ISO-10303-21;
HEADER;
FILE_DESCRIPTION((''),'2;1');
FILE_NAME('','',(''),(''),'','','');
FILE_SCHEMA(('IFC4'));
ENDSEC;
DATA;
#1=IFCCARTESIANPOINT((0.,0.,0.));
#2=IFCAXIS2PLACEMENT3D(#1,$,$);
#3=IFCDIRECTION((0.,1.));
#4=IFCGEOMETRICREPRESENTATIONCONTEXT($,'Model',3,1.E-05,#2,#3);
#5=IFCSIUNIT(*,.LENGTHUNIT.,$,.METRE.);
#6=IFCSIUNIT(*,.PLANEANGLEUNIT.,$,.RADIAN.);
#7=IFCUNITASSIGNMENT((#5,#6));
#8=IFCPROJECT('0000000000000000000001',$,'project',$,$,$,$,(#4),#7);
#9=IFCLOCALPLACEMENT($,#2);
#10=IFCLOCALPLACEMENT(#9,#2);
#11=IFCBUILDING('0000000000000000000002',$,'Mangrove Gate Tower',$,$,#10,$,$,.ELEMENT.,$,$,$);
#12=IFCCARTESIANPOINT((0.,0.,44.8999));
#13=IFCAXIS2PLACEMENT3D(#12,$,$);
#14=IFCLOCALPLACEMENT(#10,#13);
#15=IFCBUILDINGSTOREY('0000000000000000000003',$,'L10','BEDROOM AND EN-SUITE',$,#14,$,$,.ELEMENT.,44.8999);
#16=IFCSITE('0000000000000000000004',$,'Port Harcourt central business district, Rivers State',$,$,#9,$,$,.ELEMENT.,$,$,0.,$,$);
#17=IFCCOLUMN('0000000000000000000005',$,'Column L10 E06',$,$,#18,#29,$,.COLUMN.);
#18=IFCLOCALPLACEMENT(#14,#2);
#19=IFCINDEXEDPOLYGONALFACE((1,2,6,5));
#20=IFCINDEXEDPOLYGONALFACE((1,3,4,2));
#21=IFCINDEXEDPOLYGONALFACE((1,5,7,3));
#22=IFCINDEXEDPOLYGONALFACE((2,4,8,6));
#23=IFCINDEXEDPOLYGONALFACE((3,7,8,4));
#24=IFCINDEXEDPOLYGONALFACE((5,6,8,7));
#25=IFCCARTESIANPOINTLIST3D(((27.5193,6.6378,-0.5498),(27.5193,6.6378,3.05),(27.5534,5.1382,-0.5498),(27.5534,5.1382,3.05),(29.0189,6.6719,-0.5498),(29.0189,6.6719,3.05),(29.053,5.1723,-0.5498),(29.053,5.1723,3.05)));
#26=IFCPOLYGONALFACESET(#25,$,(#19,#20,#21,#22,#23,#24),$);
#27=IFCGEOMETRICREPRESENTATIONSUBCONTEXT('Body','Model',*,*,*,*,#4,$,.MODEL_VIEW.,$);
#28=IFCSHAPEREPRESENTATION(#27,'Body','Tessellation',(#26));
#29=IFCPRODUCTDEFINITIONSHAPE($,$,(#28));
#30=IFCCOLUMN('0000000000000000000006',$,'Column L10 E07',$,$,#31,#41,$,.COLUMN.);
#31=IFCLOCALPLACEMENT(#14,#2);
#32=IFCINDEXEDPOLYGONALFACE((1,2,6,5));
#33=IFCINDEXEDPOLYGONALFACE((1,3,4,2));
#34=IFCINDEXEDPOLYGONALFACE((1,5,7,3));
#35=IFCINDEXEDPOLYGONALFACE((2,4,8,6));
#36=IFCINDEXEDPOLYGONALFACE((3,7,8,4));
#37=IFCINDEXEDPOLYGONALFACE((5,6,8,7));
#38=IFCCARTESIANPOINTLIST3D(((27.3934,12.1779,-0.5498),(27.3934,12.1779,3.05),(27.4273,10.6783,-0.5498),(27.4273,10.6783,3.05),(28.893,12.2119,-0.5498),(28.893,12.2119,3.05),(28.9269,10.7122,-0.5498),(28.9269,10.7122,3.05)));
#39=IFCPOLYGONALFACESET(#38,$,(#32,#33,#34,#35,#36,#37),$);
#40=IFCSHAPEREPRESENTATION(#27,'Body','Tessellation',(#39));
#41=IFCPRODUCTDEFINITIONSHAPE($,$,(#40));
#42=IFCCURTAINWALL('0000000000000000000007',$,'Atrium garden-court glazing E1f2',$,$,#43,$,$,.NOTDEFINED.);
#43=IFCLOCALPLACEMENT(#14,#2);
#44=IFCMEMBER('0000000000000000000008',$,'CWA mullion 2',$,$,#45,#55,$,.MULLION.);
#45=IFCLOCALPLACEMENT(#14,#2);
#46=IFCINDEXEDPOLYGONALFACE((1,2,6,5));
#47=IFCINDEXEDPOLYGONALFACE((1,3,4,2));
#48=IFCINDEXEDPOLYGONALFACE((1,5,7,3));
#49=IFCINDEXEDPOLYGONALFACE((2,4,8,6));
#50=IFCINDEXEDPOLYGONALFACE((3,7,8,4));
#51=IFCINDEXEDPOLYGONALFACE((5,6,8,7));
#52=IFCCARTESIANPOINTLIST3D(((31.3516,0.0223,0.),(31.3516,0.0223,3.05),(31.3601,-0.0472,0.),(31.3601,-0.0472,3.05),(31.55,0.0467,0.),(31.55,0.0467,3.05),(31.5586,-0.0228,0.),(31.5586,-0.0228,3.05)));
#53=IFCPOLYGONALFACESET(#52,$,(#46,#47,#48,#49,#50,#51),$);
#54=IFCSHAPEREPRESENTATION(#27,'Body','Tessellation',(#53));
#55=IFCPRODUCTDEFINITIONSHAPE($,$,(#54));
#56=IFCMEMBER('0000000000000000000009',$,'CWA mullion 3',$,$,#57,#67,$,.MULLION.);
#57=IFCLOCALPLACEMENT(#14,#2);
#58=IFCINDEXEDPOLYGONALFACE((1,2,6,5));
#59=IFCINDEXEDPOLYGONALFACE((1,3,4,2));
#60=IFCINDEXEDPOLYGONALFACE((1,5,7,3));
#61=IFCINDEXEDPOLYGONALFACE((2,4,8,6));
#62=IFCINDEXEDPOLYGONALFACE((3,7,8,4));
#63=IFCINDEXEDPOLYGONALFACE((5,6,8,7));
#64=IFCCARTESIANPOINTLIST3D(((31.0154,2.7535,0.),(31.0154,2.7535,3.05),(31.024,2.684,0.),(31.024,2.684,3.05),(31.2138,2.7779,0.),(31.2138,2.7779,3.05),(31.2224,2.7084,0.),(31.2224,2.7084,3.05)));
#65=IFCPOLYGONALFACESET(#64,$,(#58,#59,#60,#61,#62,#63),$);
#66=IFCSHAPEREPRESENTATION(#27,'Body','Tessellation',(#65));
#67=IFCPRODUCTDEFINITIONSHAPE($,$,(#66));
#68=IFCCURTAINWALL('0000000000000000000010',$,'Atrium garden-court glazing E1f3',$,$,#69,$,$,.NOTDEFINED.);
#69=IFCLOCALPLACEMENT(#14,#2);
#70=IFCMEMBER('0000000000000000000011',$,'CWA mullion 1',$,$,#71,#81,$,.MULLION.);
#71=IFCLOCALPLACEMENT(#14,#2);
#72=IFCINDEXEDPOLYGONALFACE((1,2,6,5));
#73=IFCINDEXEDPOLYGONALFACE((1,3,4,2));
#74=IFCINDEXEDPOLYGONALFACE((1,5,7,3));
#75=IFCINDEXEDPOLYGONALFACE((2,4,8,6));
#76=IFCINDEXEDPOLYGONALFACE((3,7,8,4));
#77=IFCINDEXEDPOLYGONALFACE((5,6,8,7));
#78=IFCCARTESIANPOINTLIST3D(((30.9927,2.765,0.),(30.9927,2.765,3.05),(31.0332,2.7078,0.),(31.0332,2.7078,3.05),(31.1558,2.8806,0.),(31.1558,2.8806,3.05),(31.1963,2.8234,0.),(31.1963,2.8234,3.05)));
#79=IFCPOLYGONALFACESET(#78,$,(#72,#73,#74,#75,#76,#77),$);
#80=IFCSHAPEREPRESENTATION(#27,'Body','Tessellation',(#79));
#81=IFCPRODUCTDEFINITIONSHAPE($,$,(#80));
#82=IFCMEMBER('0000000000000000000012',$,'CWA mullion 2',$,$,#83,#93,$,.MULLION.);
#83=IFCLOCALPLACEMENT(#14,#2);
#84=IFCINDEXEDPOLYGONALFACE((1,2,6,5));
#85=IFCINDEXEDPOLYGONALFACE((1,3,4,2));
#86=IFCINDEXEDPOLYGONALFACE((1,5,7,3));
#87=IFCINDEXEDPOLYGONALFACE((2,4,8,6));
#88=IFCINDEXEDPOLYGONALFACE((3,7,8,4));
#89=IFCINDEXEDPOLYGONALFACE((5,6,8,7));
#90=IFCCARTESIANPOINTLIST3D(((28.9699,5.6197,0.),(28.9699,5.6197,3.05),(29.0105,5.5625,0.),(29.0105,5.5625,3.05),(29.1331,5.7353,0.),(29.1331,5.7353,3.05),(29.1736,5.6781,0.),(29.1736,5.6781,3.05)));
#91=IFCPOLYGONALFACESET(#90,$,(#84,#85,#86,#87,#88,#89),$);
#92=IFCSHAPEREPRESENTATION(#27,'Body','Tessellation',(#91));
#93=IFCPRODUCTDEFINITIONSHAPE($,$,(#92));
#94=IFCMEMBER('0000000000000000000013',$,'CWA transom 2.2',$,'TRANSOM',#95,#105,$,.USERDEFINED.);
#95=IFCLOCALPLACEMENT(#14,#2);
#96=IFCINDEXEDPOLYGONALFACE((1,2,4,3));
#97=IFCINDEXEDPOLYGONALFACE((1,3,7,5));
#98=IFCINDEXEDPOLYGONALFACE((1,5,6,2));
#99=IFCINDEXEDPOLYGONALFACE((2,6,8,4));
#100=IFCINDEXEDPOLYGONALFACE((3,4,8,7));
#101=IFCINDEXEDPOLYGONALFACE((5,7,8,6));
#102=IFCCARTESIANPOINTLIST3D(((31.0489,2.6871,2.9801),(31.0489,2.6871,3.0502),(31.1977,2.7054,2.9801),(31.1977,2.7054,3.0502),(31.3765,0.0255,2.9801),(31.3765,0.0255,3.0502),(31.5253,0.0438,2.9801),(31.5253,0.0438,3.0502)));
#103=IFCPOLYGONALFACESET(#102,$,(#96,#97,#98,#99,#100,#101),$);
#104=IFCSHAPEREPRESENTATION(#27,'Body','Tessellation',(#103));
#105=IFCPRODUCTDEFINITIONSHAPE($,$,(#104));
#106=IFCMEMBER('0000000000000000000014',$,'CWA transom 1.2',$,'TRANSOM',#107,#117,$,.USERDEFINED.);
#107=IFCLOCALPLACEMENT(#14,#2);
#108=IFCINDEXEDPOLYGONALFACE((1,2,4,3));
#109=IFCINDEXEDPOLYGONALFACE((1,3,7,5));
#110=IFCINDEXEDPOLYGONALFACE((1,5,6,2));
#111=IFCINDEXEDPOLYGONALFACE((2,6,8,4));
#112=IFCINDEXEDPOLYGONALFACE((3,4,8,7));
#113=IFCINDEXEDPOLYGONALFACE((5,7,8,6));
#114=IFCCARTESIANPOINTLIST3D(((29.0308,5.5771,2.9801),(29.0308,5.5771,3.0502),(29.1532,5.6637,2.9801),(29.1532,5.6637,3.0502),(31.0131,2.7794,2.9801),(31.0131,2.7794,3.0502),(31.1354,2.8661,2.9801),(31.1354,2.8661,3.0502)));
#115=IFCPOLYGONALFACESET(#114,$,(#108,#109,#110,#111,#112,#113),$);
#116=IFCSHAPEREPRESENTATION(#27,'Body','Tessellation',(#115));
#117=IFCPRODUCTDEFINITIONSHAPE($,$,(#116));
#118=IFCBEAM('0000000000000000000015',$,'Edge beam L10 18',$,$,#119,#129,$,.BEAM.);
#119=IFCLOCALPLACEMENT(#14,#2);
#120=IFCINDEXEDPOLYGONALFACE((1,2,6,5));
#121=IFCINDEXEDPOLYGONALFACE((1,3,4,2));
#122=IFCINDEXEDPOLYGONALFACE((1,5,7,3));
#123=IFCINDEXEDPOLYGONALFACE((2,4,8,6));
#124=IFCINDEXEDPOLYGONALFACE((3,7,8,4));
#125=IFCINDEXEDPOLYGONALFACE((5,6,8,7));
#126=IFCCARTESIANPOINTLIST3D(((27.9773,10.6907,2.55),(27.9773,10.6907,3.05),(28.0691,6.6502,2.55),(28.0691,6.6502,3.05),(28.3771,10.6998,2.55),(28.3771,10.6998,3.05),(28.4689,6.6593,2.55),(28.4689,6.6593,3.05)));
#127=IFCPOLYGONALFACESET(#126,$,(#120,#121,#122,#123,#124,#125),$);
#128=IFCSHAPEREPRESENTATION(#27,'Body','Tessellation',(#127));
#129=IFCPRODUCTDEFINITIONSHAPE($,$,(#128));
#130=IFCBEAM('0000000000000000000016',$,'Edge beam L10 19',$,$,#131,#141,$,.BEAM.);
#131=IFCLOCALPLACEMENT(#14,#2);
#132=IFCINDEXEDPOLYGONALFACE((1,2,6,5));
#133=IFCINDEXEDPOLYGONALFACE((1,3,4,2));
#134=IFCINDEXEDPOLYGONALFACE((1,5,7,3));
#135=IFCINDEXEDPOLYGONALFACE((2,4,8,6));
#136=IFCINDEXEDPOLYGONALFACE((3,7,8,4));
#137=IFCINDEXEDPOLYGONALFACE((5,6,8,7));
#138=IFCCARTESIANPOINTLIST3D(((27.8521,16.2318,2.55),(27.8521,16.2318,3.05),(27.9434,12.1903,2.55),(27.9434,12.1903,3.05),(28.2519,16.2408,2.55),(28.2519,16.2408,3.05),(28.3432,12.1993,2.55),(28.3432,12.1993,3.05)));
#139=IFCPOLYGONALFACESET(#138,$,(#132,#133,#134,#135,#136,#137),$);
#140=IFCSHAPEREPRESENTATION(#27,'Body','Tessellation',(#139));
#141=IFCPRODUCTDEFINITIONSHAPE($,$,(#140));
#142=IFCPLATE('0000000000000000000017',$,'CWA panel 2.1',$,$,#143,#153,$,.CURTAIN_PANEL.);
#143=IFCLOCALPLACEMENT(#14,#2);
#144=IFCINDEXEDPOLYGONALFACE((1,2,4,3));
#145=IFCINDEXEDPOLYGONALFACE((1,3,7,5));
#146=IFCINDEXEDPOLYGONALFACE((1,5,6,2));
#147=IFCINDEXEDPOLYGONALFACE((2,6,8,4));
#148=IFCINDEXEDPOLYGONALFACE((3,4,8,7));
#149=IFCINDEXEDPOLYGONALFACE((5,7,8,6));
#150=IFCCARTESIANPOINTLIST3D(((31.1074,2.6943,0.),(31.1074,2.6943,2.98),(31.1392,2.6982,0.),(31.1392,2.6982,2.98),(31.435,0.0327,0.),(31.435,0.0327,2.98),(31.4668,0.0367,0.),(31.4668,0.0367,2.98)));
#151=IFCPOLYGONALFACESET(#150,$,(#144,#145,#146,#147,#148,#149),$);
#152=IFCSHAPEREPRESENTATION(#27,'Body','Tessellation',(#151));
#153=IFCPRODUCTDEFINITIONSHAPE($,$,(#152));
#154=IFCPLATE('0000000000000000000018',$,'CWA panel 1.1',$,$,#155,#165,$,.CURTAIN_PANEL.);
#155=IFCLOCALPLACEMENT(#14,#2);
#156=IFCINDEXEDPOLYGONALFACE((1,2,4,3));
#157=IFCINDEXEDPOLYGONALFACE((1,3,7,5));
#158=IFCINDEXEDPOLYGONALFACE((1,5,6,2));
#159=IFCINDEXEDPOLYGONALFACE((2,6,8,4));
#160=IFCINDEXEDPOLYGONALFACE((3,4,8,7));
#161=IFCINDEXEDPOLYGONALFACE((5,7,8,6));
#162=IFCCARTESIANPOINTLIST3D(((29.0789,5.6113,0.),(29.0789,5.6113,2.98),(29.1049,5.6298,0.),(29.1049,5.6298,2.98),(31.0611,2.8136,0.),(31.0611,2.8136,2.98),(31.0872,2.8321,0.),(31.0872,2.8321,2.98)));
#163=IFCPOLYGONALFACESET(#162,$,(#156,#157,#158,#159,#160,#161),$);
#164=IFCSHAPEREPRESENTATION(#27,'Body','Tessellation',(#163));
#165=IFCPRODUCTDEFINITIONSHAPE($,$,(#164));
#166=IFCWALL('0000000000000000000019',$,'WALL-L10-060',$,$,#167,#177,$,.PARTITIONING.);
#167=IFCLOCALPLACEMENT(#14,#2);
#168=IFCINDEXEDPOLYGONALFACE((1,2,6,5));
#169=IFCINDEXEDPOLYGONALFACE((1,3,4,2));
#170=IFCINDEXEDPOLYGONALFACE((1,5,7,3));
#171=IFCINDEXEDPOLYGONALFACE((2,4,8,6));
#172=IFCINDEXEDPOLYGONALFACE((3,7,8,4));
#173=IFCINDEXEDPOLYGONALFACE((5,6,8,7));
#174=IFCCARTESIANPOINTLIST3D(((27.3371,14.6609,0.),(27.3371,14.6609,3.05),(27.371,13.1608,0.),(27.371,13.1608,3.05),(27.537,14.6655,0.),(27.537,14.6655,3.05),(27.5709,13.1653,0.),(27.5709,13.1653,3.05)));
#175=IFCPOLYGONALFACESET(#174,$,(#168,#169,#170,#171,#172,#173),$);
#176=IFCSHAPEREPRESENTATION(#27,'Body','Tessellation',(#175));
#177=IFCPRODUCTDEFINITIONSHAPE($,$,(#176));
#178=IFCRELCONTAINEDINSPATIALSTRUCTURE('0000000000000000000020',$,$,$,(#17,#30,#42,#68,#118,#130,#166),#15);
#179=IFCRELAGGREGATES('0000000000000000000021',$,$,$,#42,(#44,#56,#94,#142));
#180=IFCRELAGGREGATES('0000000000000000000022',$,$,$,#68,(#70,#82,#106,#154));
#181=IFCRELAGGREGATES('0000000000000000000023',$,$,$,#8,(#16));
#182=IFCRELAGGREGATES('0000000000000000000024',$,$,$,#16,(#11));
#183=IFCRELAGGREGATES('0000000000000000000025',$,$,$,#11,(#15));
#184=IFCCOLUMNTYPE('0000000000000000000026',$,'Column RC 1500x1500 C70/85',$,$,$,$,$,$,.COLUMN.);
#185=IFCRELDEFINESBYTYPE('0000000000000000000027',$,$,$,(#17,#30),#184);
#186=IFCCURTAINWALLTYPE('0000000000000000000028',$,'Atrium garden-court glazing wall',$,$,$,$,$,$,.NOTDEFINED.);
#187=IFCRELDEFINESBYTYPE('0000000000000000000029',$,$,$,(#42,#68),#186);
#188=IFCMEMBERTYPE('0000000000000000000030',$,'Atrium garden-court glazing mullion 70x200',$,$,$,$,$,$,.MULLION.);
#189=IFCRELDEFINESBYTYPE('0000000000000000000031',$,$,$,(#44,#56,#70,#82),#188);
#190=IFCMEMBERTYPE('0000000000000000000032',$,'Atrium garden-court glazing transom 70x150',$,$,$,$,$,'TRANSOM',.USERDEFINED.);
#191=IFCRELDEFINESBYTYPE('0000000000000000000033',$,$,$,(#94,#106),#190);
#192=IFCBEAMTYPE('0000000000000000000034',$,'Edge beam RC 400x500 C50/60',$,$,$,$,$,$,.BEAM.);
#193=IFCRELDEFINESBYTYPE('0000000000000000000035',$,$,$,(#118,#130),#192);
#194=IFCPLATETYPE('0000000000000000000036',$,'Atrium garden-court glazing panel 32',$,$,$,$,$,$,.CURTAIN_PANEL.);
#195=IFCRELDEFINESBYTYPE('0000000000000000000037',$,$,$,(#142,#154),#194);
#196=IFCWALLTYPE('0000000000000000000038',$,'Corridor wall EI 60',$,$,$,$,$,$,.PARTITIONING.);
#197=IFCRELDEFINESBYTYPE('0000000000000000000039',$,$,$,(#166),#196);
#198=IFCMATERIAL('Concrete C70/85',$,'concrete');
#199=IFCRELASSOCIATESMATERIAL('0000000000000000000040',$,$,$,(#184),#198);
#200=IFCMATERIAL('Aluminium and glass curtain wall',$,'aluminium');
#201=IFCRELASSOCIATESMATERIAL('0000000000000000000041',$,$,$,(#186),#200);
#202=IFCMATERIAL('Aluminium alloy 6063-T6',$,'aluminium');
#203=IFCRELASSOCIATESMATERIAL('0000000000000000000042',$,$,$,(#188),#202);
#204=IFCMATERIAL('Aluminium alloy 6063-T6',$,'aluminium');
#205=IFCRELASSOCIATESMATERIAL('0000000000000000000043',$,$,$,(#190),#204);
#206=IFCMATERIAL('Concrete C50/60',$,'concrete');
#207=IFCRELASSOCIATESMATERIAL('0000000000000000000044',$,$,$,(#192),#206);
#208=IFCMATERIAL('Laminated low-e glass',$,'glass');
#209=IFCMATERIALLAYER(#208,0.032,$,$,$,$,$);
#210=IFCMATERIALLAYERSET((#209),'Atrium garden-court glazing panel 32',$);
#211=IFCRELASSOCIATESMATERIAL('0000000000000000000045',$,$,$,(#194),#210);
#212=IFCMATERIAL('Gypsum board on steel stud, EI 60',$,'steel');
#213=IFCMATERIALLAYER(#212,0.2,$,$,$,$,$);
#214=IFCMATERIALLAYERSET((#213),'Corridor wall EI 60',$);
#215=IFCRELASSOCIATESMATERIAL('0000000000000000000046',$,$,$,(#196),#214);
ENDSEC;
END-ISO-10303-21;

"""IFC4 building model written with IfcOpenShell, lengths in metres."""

from ifc_helpers import new_model, si_unit, direction, frame, frame_2d, origin, origin_2d, place, context, subcontext, project, spatial, rectangle, extrude, material, layer, layer_set, material_profile, profile_set, type_object, element, aggregate, save


model = new_model("IFC4")

# Units and contexts
model_context = context("Model", 3, precision=1e-05, world=origin(), true_north=direction((0.0, 1.0)))
body_context = subcontext(model_context, "Body", "Model", "MODEL_VIEW")
ifc_project = project(units=[si_unit("LENGTHUNIT", "METRE"), si_unit("PLANEANGLEUNIT", "RADIAN")], contexts=[model_context])

# Site, building, storey
site_placement = place(None, origin())
site = spatial("IfcSite", under=ifc_project, at=site_placement, Name="Port Harcourt central business district, Rivers State", CompositionType="ELEMENT", RefElevation=0.0)
building_placement = place(site_placement, origin())
building = spatial("IfcBuilding", under=site, at=building_placement, Name="Mangrove Gate Tower", CompositionType="ELEMENT")
storey_placement = place(building_placement, frame((0.0, 0.0, 44.8999)))
storey = spatial("IfcBuildingStorey", under=building, at=storey_placement, Name="L10", Description="BEDROOM AND EN-SUITE", CompositionType="ELEMENT", Elevation=44.8999)

# Columns
ifc_material_1 = material(Name="Concrete C70/85", Category="concrete")
ifc_material_profile_1 = material_profile(ifc_material_1, rectangle(XDim=1.5, YDim=1.5, at=origin_2d()))
ifc_profile_set_1 = profile_set([ifc_material_profile_1], Name="Concrete C70/85")
column_type = type_object("IfcColumnType", Name="Column RC 1500x1500 C70/85", PredefinedType="COLUMN", material=ifc_profile_set_1)
for number, where, z_axis, x_axis, name in (
    (1, (28.2861, 5.905, -0.5498), (0.0, 0.0, 1.0), (-0.022704, 0.999742, 0.0), "Column L10 E06"),
    (2, (28.1602, 11.4451, -0.5498), (0.0, 0.0, 1.0), (-0.022646, 0.999744, 0.0), "Column L10 E07"),
):
    element("IfcColumn", number, at=place(storey_placement, frame(where, z_axis=z_axis, x_axis=x_axis)), inside=storey, type_object=column_type, Name=name, PredefinedType="COLUMN", context=body_context, shape_type="SweptSolid", body=[
        extrude(rectangle(XDim=1.5, YDim=1.5, at=origin_2d()), origin(), (0.0, 0.0, 1.0), 3.5999),
    ])

# Curtain walls, members
ifc_material_2 = material(Name="Aluminium and glass curtain wall", Category="aluminium")
curtain_wall_type = type_object("IfcCurtainWallType", Name="Atrium garden-court glazing wall", PredefinedType="NOTDEFINED", material=ifc_material_2)
curtain_wall_1_placement = place(storey_placement, origin())
curtain_wall_1 = element("IfcCurtainWall", 3, at=curtain_wall_1_placement, inside=storey, type_object=curtain_wall_type, Name="Atrium garden-court glazing E1f2", PredefinedType="NOTDEFINED")
ifc_material_3 = material(Name="Aluminium alloy 6063-T6", Category="aluminium")
ifc_material_profile_2 = material_profile(ifc_material_3, rectangle(XDim=0.0701, YDim=0.2, at=origin_2d()))
ifc_profile_set_2 = profile_set([ifc_material_profile_2], Name="Aluminium alloy 6063-T6")
member_type_1 = type_object("IfcMemberType", Name="Atrium garden-court glazing mullion 70x200", PredefinedType="MULLION", material=ifc_profile_set_2)
member_1_placement = place(storey_placement, frame((31.4551, -0.0002, 0.0), z_axis=(0.0, 0.0, 1.0), x_axis=(-0.122172, 0.992509, 0.0)))
member_1 = element("IfcMember", 4, at=member_1_placement, type_object=member_type_1, Name="CWA mullion 2", PredefinedType="MULLION", context=body_context, shape_type="SweptSolid", body=[
    extrude(rectangle(XDim=0.0701, YDim=0.2, at=origin_2d()), origin(), (0.0, 0.0, 1.0), 3.05),
])
member_2_placement = place(storey_placement, frame((31.1189, 2.731, 0.0), z_axis=(0.0, 0.0, 1.0), x_axis=(-0.122172, 0.992509, 0.0)))
member_2 = element("IfcMember", 5, at=member_2_placement, type_object=member_type_1, Name="CWA mullion 3", PredefinedType="MULLION", context=body_context, shape_type="SweptSolid", body=[
    extrude(rectangle(XDim=0.0701, YDim=0.2, at=origin_2d()), origin(), (0.0, 0.0, 1.0), 3.05),
])
curtain_wall_2_placement = place(storey_placement, origin())
curtain_wall_2 = element("IfcCurtainWall", 6, at=curtain_wall_2_placement, inside=storey, type_object=curtain_wall_type, Name="Atrium garden-court glazing E1f3", PredefinedType="NOTDEFINED")
member_3_placement = place(storey_placement, frame((31.0945, 2.7942, 0.0), z_axis=(0.0, 0.0, 1.0), x_axis=(-0.578123, 0.81595, 0.0)))
member_3 = element("IfcMember", 7, at=member_3_placement, type_object=member_type_1, Name="CWA mullion 1", PredefinedType="MULLION", context=body_context, shape_type="SweptSolid", body=[
    extrude(rectangle(XDim=0.0701, YDim=0.2, at=origin_2d()), origin(), (0.0, 0.0, 1.0), 3.05),
])
member_4_placement = place(storey_placement, frame((29.0718, 5.6489, 0.0), z_axis=(0.0, 0.0, 1.0), x_axis=(-0.578123, 0.81595, 0.0)))
member_4 = element("IfcMember", 8, at=member_4_placement, type_object=member_type_1, Name="CWA mullion 2", PredefinedType="MULLION", context=body_context, shape_type="SweptSolid", body=[
    extrude(rectangle(XDim=0.0701, YDim=0.2, at=origin_2d()), origin(), (0.0, 0.0, 1.0), 3.05),
])

# Members
ifc_material_4 = material(Name="Aluminium alloy 6063-T6", Category="aluminium")
ifc_material_profile_3 = material_profile(ifc_material_4, rectangle(XDim=0.0701, YDim=0.1499, at=origin_2d()))
ifc_profile_set_3 = profile_set([ifc_material_profile_3], Name="Aluminium alloy 6063-T6")
member_type_2 = type_object("IfcMemberType", Name="Atrium garden-court glazing transom 70x150", ElementType="TRANSOM", PredefinedType="USERDEFINED", material=ifc_profile_set_3)
member_5_placement = place(storey_placement, frame((31.4509, 0.0347, 3.0151), z_axis=(-0.122175, 0.992509, 0.0), x_axis=(0.0, 0.0, 1.0)))
member_5 = element("IfcMember", 9, at=member_5_placement, type_object=member_type_2, Name="CWA transom 2.2", ObjectType="TRANSOM", PredefinedType="USERDEFINED", context=body_context, shape_type="SweptSolid", body=[
    extrude(rectangle(XDim=0.0701, YDim=0.1499, at=origin_2d()), origin(), (0.0, 0.0, 1.0), 2.6816),
])
member_6_placement = place(storey_placement, frame((31.0742, 2.8228, 3.0151), z_axis=(-0.578122, 0.81595, 0.0), x_axis=(0.0, 0.0, 1.0)))
member_6 = element("IfcMember", 10, at=member_6_placement, type_object=member_type_2, Name="CWA transom 1.2", ObjectType="TRANSOM", PredefinedType="USERDEFINED", context=body_context, shape_type="SweptSolid", body=[
    extrude(rectangle(XDim=0.0701, YDim=0.1499, at=origin_2d()), origin(), (0.0, 0.0, 1.0), 3.4287),
])

# Beams
ifc_material_5 = material(Name="Concrete C50/60", Category="concrete")
ifc_material_profile_4 = material_profile(ifc_material_5, rectangle(XDim=0.3999, YDim=0.5, at=origin_2d()))
ifc_profile_set_4 = profile_set([ifc_material_profile_4], Name="Concrete C50/60")
beam_type = type_object("IfcBeamType", Name="Edge beam RC 400x500 C50/60", PredefinedType="BEAM", material=ifc_profile_set_4)
beam_1_placement = place(storey_placement, frame((28.269, 6.6548, 2.8), z_axis=(-0.022713, 0.999742, 0.0), x_axis=(-0.999742, -0.022713, 0.0)))
element("IfcBeam", 11, at=beam_1_placement, inside=storey, type_object=beam_type, Name="Edge beam L10 18", PredefinedType="BEAM", context=body_context, shape_type="SweptSolid", body=[
    extrude(rectangle(XDim=0.3999, YDim=0.5, at=origin_2d()), origin(), (0.0, 0.0, 1.0), 4.0415),
])
beam_2_placement = place(storey_placement, frame((28.1433, 12.1948, 2.8), z_axis=(-0.022587, 0.999745, 0.0), x_axis=(-0.999745, -0.022587, 0.0)))
element("IfcBeam", 12, at=beam_2_placement, inside=storey, type_object=beam_type, Name="Edge beam L10 19", PredefinedType="BEAM", context=body_context, shape_type="SweptSolid", body=[
    extrude(rectangle(XDim=0.3999, YDim=0.5, at=origin_2d()), origin(), (0.0, 0.0, 1.0), 4.0425),
])

# Plates
ifc_material_6 = material(Name="Laminated low-e glass", Category="glass")
ifc_layer_1 = layer(ifc_material_6, 0.032)
ifc_layer_set_1 = layer_set([ifc_layer_1], Name="Atrium garden-court glazing panel 32")
plate_type = type_object("IfcPlateType", Name="Atrium garden-court glazing panel 32", PredefinedType="CURTAIN_PANEL", material=ifc_layer_set_1)
plate_1_placement = place(storey_placement, frame((31.2871, 1.3655, 0.0), z_axis=(0.0, 0.0, 1.0), x_axis=(-0.122172, 0.992509, 0.0)))
plate_1 = element("IfcPlate", 13, at=plate_1_placement, type_object=plate_type, Name="CWA panel 2.1", PredefinedType="CURTAIN_PANEL", context=body_context, shape_type="SweptSolid", body=[
    extrude(rectangle(XDim=2.6816, YDim=0.032, at=origin_2d()), origin(), (0.0, 0.0, 1.0), 2.98),
])
aggregate(curtain_wall_1, [member_1, member_2, member_5, plate_1])
plate_2_placement = place(storey_placement, frame((30.083, 4.2217, 0.0), z_axis=(0.0, 0.0, 1.0), x_axis=(-0.578123, 0.81595, 0.0)))
plate_2 = element("IfcPlate", 14, at=plate_2_placement, type_object=plate_type, Name="CWA panel 1.1", PredefinedType="CURTAIN_PANEL", context=body_context, shape_type="SweptSolid", body=[
    extrude(rectangle(XDim=3.4287, YDim=0.032, at=origin_2d()), origin(), (0.0, 0.0, 1.0), 2.98),
])
aggregate(curtain_wall_2, [member_3, member_4, member_6, plate_2])

# Wall
ifc_material_7 = material(Name="Gypsum board on steel stud, EI 60", Category="steel")
ifc_layer_2 = layer(ifc_material_7, 0.2)
ifc_layer_set_2 = layer_set([ifc_layer_2], Name="Corridor wall EI 60")
wall_type_1 = type_object("IfcWallType", Name="Corridor wall EI 60", PredefinedType="PARTITIONING", material=ifc_layer_set_2)
wall_1_placement = place(storey_placement, frame((27.4709, 13.1631, 0.0), z_axis=(0.0, 0.0, 1.0), x_axis=(-0.022618, 0.999744, 0.0)))
element("IfcWall", 15, at=wall_1_placement, inside=storey, type_object=wall_type_1, Name="WALL-L10-060", PredefinedType="PARTITIONING", context=body_context, shape_type="SweptSolid", body=[
    extrude(rectangle(XDim=1.5005, YDim=0.2, at=frame_2d((0.7502, 0.0))), origin(), (0.0, 0.0, 1.0), 3.05),
])

save(model, "model.ifc")
